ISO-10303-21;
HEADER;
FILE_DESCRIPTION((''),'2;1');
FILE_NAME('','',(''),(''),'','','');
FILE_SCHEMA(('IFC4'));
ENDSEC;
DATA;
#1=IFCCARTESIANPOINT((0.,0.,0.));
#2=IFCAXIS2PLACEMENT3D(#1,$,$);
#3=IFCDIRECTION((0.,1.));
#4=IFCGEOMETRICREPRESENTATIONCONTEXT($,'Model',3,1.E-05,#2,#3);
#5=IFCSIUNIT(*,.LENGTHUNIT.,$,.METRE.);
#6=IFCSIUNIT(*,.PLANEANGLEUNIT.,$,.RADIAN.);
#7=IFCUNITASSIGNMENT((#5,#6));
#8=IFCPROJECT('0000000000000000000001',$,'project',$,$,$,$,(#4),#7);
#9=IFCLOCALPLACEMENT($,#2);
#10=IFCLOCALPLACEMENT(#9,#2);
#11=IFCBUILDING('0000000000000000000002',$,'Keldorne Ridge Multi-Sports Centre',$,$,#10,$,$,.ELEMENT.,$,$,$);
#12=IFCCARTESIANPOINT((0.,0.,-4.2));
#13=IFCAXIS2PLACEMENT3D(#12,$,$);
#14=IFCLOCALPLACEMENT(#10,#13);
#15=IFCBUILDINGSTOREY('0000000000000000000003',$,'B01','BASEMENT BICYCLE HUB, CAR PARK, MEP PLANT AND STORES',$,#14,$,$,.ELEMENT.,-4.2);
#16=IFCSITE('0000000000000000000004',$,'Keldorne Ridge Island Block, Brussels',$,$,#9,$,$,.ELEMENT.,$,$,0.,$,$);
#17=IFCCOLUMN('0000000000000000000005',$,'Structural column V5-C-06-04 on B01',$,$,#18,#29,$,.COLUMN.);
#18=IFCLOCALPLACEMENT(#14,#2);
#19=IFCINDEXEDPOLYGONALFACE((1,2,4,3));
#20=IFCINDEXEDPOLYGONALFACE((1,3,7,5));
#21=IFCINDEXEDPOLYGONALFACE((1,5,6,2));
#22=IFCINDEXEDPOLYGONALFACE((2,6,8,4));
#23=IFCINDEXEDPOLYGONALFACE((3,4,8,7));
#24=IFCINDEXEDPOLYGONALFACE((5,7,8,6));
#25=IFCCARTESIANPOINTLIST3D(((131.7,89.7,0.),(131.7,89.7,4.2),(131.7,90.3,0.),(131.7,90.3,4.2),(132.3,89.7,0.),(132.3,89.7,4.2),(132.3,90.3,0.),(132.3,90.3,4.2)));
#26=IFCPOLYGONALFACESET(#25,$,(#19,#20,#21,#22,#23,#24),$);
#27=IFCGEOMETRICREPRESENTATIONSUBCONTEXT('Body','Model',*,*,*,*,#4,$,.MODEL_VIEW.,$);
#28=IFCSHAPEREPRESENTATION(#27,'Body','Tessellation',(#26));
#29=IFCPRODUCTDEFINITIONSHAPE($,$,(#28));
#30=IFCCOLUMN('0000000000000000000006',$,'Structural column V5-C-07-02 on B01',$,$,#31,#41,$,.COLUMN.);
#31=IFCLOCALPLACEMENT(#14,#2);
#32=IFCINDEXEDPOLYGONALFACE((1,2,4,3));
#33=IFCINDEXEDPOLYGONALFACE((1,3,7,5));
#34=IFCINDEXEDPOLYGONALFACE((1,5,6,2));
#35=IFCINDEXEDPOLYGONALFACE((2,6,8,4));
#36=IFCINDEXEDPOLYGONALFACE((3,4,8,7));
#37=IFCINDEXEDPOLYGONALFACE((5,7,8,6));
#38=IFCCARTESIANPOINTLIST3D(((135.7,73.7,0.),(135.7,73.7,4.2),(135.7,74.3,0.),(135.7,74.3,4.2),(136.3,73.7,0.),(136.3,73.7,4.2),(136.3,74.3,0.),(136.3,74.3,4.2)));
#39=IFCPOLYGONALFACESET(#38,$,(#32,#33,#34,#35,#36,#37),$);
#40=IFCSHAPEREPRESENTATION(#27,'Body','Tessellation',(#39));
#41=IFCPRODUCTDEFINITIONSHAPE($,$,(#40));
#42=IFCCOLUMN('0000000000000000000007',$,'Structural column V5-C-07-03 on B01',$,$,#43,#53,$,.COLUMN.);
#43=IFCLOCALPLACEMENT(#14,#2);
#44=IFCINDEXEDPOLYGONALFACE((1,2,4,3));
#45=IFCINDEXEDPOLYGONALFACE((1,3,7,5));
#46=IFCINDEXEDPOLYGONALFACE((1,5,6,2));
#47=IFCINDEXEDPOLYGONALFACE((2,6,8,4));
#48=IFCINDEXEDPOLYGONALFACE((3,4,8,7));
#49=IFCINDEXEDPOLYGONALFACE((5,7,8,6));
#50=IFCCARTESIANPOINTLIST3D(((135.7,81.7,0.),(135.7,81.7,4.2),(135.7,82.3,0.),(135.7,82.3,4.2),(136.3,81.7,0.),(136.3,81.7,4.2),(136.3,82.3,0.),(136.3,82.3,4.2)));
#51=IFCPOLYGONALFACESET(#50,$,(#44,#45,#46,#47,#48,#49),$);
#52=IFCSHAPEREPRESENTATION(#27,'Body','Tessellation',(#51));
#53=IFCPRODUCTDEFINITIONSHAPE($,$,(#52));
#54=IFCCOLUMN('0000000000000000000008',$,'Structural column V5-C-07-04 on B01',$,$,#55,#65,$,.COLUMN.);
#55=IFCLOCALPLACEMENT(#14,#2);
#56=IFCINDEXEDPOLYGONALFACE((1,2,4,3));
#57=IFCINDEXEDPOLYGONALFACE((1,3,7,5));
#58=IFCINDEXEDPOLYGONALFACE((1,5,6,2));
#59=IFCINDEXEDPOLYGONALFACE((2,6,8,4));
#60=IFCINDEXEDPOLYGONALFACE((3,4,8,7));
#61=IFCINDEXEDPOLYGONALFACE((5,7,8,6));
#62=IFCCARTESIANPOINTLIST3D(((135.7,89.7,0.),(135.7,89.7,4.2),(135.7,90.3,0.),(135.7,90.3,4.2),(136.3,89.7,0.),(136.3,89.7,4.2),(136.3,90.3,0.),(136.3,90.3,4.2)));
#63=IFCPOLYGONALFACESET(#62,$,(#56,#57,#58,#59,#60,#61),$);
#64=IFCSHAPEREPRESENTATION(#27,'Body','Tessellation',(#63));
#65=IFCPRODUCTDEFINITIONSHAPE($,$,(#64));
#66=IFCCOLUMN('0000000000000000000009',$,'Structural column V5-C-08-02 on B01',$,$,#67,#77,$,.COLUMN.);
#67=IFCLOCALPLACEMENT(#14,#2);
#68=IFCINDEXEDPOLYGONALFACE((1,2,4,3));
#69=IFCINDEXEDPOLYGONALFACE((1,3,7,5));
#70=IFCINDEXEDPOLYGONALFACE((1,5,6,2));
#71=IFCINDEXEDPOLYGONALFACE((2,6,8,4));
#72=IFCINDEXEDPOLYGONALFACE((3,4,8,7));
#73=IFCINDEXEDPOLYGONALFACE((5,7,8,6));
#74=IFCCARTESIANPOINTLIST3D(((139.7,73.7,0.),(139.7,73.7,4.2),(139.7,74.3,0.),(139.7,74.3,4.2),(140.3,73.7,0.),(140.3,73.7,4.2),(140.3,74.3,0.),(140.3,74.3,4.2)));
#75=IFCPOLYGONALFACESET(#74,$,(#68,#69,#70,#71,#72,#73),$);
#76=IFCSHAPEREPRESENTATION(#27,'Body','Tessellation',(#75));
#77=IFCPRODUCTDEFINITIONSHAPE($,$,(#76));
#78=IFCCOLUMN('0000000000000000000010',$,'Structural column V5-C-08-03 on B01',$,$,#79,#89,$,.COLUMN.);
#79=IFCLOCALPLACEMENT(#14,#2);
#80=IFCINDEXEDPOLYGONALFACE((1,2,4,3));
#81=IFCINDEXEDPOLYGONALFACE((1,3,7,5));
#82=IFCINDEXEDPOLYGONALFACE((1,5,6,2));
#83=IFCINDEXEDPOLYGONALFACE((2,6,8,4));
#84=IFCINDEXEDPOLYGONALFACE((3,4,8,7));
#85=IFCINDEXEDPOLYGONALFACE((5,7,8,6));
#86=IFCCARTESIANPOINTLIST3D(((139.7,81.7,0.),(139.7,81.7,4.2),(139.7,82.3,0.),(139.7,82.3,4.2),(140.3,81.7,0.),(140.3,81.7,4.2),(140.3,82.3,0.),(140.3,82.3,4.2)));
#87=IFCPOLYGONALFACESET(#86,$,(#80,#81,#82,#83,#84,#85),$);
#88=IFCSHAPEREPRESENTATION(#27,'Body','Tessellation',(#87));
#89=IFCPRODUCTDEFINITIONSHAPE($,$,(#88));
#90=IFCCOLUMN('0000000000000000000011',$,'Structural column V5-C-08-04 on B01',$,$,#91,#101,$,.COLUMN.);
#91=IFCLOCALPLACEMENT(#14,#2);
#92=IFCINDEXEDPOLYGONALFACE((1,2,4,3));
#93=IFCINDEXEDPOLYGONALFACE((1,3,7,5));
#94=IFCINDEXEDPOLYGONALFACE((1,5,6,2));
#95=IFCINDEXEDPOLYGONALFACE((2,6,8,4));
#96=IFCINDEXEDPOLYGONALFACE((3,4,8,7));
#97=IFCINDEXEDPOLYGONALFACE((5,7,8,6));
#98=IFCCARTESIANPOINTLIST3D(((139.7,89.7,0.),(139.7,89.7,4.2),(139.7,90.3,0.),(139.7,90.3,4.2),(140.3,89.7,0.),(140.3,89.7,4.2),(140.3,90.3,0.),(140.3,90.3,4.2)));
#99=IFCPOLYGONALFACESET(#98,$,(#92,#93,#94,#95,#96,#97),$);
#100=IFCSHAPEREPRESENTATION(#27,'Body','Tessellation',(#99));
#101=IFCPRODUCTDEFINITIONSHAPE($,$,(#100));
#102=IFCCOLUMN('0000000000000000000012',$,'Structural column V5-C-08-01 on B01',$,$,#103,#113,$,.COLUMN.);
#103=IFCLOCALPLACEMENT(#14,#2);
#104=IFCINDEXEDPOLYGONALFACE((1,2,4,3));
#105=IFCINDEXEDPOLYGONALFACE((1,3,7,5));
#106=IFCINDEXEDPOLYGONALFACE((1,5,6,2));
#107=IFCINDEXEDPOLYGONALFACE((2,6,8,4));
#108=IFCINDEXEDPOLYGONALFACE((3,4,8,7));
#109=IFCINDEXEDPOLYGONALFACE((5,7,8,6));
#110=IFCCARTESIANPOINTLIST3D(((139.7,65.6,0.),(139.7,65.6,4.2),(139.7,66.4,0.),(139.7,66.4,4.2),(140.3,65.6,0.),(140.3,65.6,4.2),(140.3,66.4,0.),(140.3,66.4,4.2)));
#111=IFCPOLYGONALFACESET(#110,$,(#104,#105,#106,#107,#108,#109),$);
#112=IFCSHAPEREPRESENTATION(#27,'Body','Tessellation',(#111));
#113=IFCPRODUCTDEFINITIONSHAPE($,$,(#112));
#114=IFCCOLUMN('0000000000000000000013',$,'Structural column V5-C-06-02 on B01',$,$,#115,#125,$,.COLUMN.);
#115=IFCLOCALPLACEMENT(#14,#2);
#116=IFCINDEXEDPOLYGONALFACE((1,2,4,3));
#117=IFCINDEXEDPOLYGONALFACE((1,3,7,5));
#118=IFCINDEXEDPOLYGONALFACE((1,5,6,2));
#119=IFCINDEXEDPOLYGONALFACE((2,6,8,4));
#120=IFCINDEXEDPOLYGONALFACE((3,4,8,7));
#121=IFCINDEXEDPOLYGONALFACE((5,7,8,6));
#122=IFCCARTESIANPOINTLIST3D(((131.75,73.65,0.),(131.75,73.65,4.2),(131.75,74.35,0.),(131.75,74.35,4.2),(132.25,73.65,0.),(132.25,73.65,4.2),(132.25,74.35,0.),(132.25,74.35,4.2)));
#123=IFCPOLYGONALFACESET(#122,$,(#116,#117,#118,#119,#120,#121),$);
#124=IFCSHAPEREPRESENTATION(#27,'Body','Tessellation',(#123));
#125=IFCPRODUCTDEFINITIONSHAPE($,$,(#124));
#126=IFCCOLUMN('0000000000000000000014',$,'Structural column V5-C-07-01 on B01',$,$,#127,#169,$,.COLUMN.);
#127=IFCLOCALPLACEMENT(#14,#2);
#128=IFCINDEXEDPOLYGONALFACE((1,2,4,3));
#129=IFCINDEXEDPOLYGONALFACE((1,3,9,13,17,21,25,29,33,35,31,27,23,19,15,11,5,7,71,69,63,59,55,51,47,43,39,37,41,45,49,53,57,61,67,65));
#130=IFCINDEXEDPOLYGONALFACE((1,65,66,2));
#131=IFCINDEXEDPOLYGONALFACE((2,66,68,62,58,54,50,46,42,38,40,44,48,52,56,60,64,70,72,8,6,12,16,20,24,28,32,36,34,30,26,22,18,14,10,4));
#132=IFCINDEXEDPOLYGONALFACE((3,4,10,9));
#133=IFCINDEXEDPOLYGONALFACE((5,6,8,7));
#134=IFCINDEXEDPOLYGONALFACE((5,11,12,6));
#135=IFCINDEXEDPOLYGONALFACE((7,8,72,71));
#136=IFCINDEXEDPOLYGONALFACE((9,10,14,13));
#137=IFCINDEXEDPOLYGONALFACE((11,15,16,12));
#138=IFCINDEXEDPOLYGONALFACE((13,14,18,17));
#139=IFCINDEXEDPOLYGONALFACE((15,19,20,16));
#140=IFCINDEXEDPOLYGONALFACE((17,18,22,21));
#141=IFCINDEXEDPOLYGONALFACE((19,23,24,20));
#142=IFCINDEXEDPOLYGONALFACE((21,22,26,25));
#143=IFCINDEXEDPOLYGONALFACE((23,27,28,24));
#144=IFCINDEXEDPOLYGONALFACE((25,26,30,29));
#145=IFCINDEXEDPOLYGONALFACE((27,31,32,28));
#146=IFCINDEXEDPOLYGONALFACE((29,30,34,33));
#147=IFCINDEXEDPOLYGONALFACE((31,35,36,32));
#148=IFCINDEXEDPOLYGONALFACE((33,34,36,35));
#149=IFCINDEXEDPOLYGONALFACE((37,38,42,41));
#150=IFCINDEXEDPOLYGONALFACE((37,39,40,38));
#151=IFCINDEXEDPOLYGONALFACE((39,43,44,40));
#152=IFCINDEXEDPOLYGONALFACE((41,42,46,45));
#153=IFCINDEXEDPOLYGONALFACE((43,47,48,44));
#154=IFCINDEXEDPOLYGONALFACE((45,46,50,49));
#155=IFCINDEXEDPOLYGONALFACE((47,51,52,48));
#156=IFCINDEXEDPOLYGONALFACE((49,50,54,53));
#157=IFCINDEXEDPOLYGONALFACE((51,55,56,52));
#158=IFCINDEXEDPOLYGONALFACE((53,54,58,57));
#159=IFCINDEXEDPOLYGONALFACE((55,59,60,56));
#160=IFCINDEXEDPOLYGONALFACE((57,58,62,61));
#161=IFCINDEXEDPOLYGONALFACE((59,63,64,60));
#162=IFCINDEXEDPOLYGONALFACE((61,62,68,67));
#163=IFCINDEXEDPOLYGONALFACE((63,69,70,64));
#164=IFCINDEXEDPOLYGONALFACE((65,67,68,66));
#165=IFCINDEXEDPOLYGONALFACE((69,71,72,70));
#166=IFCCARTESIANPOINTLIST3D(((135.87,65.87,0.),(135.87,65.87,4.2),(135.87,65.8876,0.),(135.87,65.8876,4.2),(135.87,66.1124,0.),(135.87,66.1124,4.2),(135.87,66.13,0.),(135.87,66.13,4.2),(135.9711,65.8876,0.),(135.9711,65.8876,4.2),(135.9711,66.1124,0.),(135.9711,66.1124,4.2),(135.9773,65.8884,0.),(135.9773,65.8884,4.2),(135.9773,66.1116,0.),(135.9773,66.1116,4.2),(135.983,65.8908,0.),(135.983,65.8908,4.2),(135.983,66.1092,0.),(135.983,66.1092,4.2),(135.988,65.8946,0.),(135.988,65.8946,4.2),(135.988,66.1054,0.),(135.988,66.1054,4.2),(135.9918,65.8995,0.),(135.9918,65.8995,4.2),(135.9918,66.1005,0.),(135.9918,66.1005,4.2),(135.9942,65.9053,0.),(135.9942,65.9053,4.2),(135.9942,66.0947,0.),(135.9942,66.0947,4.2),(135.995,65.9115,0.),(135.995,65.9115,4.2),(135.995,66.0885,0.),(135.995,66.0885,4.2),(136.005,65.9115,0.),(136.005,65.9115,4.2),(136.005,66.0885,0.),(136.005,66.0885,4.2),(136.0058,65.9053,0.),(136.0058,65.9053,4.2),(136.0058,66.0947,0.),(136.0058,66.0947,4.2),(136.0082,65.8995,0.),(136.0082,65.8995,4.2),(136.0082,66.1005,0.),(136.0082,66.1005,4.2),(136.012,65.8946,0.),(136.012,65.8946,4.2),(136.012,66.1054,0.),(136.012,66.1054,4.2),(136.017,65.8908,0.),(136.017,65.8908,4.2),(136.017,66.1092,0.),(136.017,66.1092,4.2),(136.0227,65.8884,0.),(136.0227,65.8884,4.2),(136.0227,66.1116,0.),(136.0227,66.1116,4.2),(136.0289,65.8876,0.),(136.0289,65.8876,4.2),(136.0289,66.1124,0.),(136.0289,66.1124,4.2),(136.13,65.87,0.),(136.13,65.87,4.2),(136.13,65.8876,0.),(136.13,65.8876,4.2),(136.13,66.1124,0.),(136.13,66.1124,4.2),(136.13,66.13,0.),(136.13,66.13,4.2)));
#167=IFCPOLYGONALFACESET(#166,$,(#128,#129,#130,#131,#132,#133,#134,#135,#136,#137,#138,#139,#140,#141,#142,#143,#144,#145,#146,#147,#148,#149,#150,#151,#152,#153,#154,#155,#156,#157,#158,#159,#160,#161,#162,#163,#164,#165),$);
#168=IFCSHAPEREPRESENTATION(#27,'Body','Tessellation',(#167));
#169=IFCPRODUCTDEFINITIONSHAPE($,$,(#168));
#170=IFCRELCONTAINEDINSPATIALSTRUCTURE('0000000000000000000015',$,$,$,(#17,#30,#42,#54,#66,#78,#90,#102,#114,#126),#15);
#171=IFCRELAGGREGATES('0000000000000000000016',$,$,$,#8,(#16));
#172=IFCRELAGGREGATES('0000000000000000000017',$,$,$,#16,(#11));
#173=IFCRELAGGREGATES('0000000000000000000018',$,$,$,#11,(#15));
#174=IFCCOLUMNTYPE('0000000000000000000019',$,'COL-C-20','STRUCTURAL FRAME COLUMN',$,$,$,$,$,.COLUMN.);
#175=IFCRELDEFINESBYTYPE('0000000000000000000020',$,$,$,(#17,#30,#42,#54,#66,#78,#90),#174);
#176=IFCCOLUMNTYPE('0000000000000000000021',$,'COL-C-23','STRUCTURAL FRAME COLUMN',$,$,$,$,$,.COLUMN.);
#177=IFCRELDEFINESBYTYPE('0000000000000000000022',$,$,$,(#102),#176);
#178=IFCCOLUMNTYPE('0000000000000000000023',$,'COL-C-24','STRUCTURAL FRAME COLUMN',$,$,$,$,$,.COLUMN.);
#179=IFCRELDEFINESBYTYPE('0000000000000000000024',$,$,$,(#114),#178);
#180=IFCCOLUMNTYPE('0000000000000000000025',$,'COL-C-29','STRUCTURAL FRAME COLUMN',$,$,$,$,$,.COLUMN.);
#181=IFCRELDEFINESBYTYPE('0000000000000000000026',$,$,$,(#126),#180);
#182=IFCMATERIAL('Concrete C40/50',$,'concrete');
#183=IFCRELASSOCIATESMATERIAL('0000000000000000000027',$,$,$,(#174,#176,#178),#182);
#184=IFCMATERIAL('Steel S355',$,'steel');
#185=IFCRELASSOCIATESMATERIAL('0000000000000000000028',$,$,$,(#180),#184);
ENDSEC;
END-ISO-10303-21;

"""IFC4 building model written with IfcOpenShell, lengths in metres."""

from ifc_helpers import new_model, si_unit, direction, frame, origin, origin_2d, place, context, subcontext, project, spatial, rectangle, i_section, extrude, material, material_profile, profile_set, type_object, element, save


model = new_model("IFC4")

# Units and contexts
model_context = context("Model", 3, precision=1e-05, world=origin(), true_north=direction((0.0, 1.0)))
body_context = subcontext(model_context, "Body", "Model", "MODEL_VIEW")
ifc_project = project(units=[si_unit("LENGTHUNIT", "METRE"), si_unit("PLANEANGLEUNIT", "RADIAN")], contexts=[model_context])

# Site, building, storey
site_placement = place(None, origin())
site = spatial("IfcSite", under=ifc_project, at=site_placement, Name="Keldorne Ridge Island Block, Brussels", CompositionType="ELEMENT", RefElevation=0.0)
building_placement = place(site_placement, origin())
building = spatial("IfcBuilding", under=site, at=building_placement, Name="Keldorne Ridge Multi-Sports Centre", CompositionType="ELEMENT")
storey_placement = place(building_placement, frame((0.0, 0.0, -4.2)))
storey = spatial("IfcBuildingStorey", under=building, at=storey_placement, Name="B01", Description="BASEMENT BICYCLE HUB, CAR PARK, MEP PLANT AND STORES", CompositionType="ELEMENT", Elevation=-4.2)

# Columns
ifc_material_1 = material(Name="Steel S355", Category="steel")
ifc_material_2 = material(Name="Concrete C40/50", Category="concrete")
ifc_material_profile_1 = material_profile(ifc_material_2, rectangle(XDim=0.6001, YDim=0.6001, at=origin_2d()), Name="RC 600x600")
ifc_profile_set_1 = profile_set([ifc_material_profile_1], Name="Concrete C40/50")
column_type_1 = type_object("IfcColumnType", Name="COL-C-20", Description="STRUCTURAL FRAME COLUMN", PredefinedType="COLUMN", material=ifc_profile_set_1)
for number, where, z_axis, x_axis, name in (
    (1, (132.0, 90.0, 0.0), (0.0, 0.0, 1.0), (1.0, 0.0, 0.0), "Structural column V5-C-06-04 on B01"),
    (2, (136.0, 74.0, 0.0), (0.0, 0.0, 1.0), (1.0, 0.0, 0.0), "Structural column V5-C-07-02 on B01"),
    (3, (136.0, 82.0, 0.0), (0.0, 0.0, 1.0), (1.0, 0.0, 0.0), "Structural column V5-C-07-03 on B01"),
    (4, (136.0, 90.0, 0.0), (0.0, 0.0, 1.0), (1.0, 0.0, 0.0), "Structural column V5-C-07-04 on B01"),
    (5, (140.0, 74.0, 0.0), (0.0, 0.0, 1.0), (1.0, 0.0, 0.0), "Structural column V5-C-08-02 on B01"),
    (6, (140.0, 82.0, 0.0), (0.0, 0.0, 1.0), (1.0, 0.0, 0.0), "Structural column V5-C-08-03 on B01"),
    (7, (140.0, 90.0, 0.0), (0.0, 0.0, 1.0), (1.0, 0.0, 0.0), "Structural column V5-C-08-04 on B01"),
):
    element("IfcColumn", number, at=place(storey_placement, frame(where, z_axis=z_axis, x_axis=x_axis)), inside=storey, type_object=column_type_1, Name=name, PredefinedType="COLUMN", context=body_context, shape_type="SweptSolid", body=[
        extrude(rectangle(XDim=0.6001, YDim=0.6001, at=origin_2d()), origin(), (0.0, 0.0, 1.0), 4.2),
    ])
ifc_material_profile_2 = material_profile(ifc_material_2, rectangle(XDim=0.6001, YDim=0.8, at=origin_2d()), Name="RC 600x800")
ifc_profile_set_2 = profile_set([ifc_material_profile_2], Name="Concrete C40/50")
column_type_2 = type_object("IfcColumnType", Name="COL-C-23", Description="STRUCTURAL FRAME COLUMN", PredefinedType="COLUMN", material=ifc_profile_set_2)
column_1_placement = place(storey_placement, frame((140.0, 66.0, 0.0), z_axis=(0.0, 0.0, 1.0), x_axis=(1.0, 0.0, 0.0)))
element("IfcColumn", 8, at=column_1_placement, inside=storey, type_object=column_type_2, Name="Structural column V5-C-08-01 on B01", PredefinedType="COLUMN", context=body_context, shape_type="SweptSolid", body=[
    extrude(rectangle(XDim=0.6001, YDim=0.8, at=origin_2d()), origin(), (0.0, 0.0, 1.0), 4.2),
])
ifc_material_profile_3 = material_profile(ifc_material_2, rectangle(XDim=0.5, YDim=0.7, at=origin_2d()), Name="RC 500x700")
ifc_profile_set_3 = profile_set([ifc_material_profile_3], Name="Concrete C40/50")
column_type_3 = type_object("IfcColumnType", Name="COL-C-24", Description="STRUCTURAL FRAME COLUMN", PredefinedType="COLUMN", material=ifc_profile_set_3)
column_2_placement = place(storey_placement, frame((132.0, 74.0, 0.0), z_axis=(0.0, 0.0, 1.0), x_axis=(1.0, 0.0, 0.0)))
element("IfcColumn", 9, at=column_2_placement, inside=storey, type_object=column_type_3, Name="Structural column V5-C-06-02 on B01", PredefinedType="COLUMN", context=body_context, shape_type="SweptSolid", body=[
    extrude(rectangle(XDim=0.5, YDim=0.7, at=origin_2d()), origin(), (0.0, 0.0, 1.0), 4.2),
])
ifc_material_profile_4 = material_profile(ifc_material_1, i_section(OverallWidth=0.26, OverallDepth=0.26, WebThickness=0.01, FlangeThickness=0.0176, FilletRadius=0.0239, at=origin_2d()), Name="HEB 260")
ifc_profile_set_4 = profile_set([ifc_material_profile_4], Name="Steel S355")
column_type_4 = type_object("IfcColumnType", Name="COL-C-29", Description="STRUCTURAL FRAME COLUMN", PredefinedType="COLUMN", material=ifc_profile_set_4)
column_3_placement = place(storey_placement, frame((136.0, 66.0, 0.0), z_axis=(0.0, 0.0, 1.0), x_axis=(1.0, 0.0, 0.0)))
element("IfcColumn", 10, at=column_3_placement, inside=storey, type_object=column_type_4, Name="Structural column V5-C-07-01 on B01", PredefinedType="COLUMN", context=body_context, shape_type="SweptSolid", body=[
    extrude(i_section(OverallWidth=0.26, OverallDepth=0.26, WebThickness=0.01, FlangeThickness=0.0176, FilletRadius=0.0239, at=origin_2d()), origin(), (0.0, 0.0, 1.0), 4.2),
])

save(model, "model.ifc")
